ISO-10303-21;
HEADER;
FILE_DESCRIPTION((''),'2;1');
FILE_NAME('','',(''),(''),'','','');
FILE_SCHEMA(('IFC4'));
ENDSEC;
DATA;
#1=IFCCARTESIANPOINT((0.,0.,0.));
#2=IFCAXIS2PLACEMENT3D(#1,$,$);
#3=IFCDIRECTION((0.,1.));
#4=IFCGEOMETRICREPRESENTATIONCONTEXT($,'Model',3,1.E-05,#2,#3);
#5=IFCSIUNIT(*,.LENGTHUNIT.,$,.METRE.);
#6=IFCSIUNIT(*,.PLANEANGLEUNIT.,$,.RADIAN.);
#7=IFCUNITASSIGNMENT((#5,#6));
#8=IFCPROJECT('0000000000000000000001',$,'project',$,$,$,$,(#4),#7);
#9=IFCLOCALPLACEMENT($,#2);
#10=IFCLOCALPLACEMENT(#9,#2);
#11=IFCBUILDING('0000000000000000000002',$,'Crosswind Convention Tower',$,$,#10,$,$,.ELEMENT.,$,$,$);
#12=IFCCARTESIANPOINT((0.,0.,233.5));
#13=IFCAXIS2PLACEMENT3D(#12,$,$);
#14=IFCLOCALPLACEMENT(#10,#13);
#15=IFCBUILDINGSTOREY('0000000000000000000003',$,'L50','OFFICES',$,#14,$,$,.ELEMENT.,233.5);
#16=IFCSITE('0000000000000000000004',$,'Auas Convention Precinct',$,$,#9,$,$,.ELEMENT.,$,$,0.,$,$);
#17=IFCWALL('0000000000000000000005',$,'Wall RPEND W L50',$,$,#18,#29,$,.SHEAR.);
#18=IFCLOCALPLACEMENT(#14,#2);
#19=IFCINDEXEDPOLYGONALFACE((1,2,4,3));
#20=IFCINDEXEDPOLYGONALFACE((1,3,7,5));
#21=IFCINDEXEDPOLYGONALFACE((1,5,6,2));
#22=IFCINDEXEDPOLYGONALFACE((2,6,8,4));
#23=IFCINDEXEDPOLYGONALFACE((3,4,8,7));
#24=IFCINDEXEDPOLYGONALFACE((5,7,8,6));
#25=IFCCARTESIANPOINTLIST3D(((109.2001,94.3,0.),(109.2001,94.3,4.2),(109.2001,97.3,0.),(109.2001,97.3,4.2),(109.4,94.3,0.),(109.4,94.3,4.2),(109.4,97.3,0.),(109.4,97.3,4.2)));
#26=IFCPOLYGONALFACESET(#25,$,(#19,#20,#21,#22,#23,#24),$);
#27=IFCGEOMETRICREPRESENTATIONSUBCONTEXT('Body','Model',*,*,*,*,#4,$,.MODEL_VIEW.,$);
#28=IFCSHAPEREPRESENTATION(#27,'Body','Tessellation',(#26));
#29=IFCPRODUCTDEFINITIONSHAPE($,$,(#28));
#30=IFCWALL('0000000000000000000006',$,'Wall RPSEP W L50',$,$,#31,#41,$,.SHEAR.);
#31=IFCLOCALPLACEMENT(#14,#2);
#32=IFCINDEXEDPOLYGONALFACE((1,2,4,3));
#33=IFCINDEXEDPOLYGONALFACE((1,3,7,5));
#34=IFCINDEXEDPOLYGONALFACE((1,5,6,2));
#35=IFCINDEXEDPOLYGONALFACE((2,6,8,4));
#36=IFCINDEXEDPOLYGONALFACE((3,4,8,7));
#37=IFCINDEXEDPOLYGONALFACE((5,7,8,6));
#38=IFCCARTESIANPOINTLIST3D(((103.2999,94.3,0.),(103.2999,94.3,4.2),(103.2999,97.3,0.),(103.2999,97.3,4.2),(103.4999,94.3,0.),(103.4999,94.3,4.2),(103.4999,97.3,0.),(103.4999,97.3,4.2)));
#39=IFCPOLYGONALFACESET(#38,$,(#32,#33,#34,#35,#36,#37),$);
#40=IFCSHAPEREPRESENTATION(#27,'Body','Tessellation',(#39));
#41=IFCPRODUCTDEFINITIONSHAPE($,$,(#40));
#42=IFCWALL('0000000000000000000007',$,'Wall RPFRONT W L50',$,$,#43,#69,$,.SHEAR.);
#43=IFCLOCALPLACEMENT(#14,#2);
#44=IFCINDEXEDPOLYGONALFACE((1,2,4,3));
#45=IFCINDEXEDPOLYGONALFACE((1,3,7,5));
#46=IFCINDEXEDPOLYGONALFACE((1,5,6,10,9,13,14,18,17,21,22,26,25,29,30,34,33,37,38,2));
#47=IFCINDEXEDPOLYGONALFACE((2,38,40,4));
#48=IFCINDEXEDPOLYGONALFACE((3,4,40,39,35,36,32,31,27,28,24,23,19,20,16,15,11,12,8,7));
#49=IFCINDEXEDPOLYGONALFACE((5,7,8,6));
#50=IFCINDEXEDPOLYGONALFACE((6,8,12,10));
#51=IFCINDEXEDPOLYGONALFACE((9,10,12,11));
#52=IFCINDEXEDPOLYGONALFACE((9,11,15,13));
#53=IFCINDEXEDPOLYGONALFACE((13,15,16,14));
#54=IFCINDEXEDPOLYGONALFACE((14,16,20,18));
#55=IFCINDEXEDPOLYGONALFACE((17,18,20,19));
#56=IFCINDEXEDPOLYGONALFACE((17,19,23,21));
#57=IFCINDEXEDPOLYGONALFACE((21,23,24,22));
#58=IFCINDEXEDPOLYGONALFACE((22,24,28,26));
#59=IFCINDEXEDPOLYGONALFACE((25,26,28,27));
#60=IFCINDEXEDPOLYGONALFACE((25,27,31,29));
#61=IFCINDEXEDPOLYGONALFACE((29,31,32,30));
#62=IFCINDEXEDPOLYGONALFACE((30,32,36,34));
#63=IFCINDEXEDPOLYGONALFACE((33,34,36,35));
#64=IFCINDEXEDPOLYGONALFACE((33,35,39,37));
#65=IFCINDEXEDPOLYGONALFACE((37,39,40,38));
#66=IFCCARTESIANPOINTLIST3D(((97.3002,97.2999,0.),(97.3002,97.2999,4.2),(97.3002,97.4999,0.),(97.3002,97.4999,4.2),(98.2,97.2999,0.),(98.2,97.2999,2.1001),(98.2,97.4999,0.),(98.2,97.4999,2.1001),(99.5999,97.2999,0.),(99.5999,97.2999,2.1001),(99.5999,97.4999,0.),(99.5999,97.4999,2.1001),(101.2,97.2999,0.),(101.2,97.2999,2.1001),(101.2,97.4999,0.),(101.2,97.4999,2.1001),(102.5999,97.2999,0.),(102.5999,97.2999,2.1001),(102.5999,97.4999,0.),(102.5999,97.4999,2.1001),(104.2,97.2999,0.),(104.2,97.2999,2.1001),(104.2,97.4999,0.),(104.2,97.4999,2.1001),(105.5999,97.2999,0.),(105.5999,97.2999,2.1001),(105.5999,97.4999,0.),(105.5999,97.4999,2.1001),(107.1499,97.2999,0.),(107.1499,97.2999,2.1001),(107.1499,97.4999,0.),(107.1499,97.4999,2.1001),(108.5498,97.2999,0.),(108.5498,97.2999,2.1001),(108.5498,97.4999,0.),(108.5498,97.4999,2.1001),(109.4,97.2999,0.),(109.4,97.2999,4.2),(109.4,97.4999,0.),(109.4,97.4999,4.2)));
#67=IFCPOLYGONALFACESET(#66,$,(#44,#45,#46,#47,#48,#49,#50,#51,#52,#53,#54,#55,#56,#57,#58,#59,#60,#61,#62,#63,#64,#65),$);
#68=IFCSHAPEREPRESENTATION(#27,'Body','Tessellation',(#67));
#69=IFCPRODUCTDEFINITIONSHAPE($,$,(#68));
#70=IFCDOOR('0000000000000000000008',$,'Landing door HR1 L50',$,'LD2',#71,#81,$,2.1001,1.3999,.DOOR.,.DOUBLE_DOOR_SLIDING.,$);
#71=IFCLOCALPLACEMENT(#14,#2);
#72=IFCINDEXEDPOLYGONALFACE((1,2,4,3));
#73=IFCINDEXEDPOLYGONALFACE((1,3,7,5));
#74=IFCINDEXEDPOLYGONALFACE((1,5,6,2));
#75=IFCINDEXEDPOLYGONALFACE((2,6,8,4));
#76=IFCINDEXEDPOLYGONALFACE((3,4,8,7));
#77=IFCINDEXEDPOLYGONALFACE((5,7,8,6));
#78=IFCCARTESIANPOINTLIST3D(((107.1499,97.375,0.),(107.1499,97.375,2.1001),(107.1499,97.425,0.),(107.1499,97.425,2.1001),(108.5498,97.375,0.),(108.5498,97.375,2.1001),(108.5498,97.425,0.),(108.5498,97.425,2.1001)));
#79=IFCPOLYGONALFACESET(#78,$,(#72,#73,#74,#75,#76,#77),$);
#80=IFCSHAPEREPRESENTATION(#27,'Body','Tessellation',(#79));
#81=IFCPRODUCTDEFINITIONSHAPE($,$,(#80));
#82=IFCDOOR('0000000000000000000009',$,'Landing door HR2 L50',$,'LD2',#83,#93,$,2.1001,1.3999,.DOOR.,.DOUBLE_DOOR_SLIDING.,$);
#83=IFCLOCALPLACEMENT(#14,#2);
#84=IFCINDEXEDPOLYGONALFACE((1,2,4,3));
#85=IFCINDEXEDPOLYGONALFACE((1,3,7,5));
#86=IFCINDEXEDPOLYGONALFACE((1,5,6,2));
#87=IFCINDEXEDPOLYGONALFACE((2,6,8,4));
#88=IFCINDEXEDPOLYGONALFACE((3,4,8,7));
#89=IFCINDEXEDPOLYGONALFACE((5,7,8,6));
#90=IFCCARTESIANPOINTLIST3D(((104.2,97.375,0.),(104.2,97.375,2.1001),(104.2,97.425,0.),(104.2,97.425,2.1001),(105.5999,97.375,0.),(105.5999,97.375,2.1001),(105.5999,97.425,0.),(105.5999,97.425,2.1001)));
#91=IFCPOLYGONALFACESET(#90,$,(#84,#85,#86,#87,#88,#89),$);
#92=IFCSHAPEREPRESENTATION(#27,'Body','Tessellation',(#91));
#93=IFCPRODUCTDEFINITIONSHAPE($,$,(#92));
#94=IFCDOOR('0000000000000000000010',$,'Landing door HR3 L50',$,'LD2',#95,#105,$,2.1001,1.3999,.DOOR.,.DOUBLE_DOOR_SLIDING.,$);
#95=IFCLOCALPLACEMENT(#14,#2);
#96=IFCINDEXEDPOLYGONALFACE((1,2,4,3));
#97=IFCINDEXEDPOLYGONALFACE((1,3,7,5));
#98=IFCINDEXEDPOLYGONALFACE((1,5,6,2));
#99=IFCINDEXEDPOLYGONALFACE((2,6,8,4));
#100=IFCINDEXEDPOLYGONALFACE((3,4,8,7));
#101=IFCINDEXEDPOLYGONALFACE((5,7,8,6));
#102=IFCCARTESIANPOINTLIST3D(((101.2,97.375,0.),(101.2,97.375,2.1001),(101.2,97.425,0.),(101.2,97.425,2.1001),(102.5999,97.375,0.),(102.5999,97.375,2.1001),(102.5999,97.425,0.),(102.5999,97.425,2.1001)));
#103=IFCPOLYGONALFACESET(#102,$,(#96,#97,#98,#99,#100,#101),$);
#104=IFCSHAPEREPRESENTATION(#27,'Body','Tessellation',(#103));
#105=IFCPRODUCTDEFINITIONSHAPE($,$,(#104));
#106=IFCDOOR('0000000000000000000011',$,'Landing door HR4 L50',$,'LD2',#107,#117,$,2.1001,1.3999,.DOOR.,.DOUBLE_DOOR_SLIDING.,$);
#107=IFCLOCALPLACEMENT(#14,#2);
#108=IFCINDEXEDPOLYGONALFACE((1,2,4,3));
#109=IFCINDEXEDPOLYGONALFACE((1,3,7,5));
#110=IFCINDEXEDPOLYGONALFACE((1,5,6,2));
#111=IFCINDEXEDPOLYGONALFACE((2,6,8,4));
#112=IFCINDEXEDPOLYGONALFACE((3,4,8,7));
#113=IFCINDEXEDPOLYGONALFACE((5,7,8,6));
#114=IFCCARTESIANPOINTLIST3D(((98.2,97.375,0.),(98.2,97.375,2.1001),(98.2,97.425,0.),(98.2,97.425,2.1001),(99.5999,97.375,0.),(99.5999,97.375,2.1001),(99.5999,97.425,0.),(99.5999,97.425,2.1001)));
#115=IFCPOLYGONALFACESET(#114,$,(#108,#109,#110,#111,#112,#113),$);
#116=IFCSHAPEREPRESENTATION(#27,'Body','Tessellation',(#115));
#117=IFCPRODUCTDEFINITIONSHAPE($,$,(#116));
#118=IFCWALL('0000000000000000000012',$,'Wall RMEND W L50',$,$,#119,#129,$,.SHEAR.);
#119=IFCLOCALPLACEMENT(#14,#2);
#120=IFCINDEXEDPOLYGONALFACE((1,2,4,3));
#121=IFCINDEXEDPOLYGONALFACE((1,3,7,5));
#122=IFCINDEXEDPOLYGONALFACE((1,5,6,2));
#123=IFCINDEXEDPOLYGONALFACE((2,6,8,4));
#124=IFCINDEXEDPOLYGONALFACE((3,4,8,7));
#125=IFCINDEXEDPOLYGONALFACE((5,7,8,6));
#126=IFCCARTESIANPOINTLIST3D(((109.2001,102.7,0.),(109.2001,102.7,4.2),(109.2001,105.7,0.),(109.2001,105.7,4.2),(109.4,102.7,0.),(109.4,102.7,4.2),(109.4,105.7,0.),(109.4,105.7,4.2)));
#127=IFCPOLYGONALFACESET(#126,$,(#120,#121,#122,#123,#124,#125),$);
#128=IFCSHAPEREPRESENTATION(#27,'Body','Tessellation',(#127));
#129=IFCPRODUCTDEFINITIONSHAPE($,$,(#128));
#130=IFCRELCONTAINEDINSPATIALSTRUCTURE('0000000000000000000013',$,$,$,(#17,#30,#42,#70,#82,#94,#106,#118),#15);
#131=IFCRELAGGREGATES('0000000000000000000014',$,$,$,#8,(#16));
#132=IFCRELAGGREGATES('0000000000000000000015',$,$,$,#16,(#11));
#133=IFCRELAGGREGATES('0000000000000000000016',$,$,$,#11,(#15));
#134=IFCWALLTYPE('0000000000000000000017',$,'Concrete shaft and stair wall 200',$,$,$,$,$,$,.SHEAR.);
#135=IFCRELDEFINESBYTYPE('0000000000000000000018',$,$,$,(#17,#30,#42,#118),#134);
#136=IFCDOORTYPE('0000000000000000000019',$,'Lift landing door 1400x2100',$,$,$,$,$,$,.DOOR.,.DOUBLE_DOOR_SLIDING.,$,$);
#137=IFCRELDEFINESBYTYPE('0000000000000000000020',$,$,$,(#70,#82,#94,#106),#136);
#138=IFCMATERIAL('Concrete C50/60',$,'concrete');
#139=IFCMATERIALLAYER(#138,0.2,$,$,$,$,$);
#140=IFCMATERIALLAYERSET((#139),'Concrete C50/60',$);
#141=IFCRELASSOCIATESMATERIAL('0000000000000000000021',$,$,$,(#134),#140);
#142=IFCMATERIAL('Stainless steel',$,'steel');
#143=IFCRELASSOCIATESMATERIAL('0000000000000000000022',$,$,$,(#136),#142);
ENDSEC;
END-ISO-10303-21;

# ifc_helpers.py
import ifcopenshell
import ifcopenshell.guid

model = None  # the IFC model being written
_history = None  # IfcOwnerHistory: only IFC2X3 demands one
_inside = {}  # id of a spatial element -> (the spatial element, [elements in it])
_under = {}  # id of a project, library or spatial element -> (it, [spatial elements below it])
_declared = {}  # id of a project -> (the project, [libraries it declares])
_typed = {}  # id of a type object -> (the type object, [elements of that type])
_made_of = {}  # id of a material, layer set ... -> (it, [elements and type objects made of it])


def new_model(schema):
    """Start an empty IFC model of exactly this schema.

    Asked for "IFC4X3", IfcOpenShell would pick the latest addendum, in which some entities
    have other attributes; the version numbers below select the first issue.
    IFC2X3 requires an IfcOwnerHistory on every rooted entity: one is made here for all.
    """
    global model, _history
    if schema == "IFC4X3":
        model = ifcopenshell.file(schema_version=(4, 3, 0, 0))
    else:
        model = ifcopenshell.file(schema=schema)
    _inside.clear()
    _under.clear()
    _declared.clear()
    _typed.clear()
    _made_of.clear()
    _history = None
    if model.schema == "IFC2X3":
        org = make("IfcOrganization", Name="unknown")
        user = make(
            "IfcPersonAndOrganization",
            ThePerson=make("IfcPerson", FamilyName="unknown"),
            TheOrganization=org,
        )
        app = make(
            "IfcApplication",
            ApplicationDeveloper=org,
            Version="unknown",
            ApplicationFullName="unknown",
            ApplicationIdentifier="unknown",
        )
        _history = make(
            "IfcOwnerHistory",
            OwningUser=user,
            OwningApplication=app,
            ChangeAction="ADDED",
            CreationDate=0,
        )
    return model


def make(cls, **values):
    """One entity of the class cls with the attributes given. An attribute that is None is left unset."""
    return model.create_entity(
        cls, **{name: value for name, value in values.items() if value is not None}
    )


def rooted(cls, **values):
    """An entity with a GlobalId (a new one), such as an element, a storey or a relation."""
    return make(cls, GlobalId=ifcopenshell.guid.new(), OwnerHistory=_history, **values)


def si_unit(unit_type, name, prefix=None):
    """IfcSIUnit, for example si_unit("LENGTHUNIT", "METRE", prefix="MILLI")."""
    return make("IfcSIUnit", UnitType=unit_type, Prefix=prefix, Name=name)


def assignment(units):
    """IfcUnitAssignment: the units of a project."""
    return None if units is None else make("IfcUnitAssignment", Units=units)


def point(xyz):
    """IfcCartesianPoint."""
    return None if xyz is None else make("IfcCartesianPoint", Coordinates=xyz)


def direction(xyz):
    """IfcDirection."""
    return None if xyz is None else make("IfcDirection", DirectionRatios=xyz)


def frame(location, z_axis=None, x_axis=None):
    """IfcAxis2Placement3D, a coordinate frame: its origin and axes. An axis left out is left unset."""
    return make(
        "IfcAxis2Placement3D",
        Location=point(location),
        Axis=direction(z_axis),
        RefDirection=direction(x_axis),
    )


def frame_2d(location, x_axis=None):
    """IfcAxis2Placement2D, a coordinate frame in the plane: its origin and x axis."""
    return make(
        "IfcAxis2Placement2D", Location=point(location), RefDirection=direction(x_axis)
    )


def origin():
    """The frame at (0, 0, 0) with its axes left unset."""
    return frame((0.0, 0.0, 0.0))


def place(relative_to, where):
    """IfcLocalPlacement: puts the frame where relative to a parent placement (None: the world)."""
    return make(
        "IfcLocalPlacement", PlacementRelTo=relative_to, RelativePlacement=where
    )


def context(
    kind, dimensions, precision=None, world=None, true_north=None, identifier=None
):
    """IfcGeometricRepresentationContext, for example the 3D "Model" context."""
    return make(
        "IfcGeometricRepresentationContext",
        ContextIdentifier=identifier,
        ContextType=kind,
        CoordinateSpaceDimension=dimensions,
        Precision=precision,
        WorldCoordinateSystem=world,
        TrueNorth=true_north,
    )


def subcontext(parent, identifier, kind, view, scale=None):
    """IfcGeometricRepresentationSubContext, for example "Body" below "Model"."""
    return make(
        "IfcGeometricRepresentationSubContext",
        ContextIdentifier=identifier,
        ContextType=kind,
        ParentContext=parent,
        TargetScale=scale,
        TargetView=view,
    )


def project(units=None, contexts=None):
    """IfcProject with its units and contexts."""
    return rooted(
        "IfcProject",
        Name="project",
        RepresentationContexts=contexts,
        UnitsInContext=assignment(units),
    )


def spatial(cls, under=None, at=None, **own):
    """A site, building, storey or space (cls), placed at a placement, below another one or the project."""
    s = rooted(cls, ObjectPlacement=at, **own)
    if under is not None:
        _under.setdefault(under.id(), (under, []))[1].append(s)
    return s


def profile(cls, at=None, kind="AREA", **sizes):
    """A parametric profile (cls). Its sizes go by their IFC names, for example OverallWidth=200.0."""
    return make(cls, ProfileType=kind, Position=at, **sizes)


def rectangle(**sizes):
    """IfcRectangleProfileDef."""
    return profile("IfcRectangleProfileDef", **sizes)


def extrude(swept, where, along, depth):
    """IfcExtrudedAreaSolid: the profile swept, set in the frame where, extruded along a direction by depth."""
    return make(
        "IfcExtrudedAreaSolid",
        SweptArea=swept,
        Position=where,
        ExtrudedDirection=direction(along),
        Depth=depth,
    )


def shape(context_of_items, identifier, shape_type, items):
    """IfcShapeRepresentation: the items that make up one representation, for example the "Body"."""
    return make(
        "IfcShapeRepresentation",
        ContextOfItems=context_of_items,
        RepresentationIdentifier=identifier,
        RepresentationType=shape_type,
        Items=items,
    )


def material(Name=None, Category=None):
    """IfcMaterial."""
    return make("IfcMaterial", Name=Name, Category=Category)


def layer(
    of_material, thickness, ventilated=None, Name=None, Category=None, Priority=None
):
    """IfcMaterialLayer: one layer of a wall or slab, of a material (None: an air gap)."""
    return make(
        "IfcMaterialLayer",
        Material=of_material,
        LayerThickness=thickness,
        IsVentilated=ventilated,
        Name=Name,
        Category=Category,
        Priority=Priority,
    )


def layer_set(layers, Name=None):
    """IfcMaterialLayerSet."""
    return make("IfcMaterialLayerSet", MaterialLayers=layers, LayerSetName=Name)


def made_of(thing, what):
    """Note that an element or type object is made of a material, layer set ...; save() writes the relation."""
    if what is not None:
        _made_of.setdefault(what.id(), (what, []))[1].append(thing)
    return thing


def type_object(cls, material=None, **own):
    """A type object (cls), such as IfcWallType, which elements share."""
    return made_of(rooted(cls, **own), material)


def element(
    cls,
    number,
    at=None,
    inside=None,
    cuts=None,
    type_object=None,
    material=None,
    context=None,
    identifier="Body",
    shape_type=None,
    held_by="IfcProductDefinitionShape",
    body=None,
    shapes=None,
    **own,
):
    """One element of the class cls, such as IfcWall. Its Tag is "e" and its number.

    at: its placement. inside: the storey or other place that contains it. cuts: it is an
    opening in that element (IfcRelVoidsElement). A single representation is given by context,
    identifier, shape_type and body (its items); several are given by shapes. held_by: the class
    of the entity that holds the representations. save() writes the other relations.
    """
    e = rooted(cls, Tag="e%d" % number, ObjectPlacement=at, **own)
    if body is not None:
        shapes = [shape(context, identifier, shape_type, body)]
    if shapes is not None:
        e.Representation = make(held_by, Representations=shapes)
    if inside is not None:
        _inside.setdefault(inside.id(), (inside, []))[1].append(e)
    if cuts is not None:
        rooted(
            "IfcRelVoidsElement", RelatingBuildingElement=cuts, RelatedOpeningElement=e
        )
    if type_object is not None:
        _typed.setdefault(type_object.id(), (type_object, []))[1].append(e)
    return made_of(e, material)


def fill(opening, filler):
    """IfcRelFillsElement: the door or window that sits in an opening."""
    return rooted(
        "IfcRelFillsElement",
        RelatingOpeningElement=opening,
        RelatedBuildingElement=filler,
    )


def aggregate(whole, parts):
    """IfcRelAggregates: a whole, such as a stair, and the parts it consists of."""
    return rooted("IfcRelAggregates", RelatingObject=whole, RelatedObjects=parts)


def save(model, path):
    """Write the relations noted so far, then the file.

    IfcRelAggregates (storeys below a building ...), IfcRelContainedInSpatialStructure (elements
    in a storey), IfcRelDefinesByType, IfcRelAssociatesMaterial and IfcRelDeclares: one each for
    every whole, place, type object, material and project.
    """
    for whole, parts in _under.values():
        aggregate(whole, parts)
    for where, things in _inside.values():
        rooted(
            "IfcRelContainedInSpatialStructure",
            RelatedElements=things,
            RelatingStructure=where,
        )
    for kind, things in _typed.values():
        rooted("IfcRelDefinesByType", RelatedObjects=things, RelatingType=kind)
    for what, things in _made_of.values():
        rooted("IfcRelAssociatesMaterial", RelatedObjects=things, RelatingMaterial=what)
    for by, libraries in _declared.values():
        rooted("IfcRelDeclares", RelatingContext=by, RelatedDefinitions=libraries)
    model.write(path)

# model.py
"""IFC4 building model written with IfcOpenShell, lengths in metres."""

from ifc_helpers import new_model, si_unit, direction, frame, frame_2d, origin, place, context, subcontext, project, spatial, rectangle, extrude, material, layer, layer_set, type_object, element, fill, save


model = new_model("IFC4")

# Units and contexts
model_context = context("Model", 3, precision=1e-05, world=origin(), true_north=direction((0.0, 1.0)))
body_context = subcontext(model_context, "Body", "Model", "MODEL_VIEW")
ifc_project = project(units=[si_unit("LENGTHUNIT", "METRE"), si_unit("PLANEANGLEUNIT", "RADIAN")], contexts=[model_context])

# Site, building, storey
site_placement = place(None, origin())
site = spatial("IfcSite", under=ifc_project, at=site_placement, Name="Auas Convention Precinct", CompositionType="ELEMENT", RefElevation=0.0)
building_placement = place(site_placement, origin())
building = spatial("IfcBuilding", under=site, at=building_placement, Name="Crosswind Convention Tower", CompositionType="ELEMENT")
storey_placement = place(building_placement, frame((0.0, 0.0, 233.5)))
storey = spatial("IfcBuildingStorey", under=building, at=storey_placement, Name="L50", Description="OFFICES", CompositionType="ELEMENT", Elevation=233.5)

# Walls
ifc_material_1 = material(Name="Concrete C50/60", Category="concrete")
ifc_layer_1 = layer(ifc_material_1, 0.2)
ifc_layer_set_1 = layer_set([ifc_layer_1], Name="Concrete C50/60")
wall_type_1 = type_object("IfcWallType", Name="Concrete shaft and stair wall 200", PredefinedType="SHEAR", material=ifc_layer_set_1)
for number, where, z_axis, x_axis, name in (
    (1, (109.3, 97.3, 0.0), (0.0, 0.0, 1.0), (0.0, -1.0, 0.0), "Wall RPEND W L50"),
    (2, (103.3999, 97.3, 0.0), (0.0, 0.0, 1.0), (0.0, -1.0, 0.0), "Wall RPSEP W L50"),
):
    element("IfcWall", number, at=place(storey_placement, frame(where, z_axis=z_axis, x_axis=x_axis)), inside=storey, type_object=wall_type_1, Name=name, PredefinedType="SHEAR", context=body_context, shape_type="SweptSolid", body=[
        extrude(rectangle(XDim=3.0, YDim=0.2, at=frame_2d((1.5, 0.0))), origin(), (0.0, 0.0, 1.0), 4.2),
    ])

# Wall, openings, doors
wall_1_placement = place(storey_placement, frame((109.3999, 97.3999, 0.0), z_axis=(0.0, 0.0, 1.0), x_axis=(-1.0, 0.0, 0.0)))
wall_1 = element("IfcWall", 3, at=wall_1_placement, inside=storey, type_object=wall_type_1, Name="Wall RPFRONT W L50", PredefinedType="SHEAR", context=body_context, shape_type="SweptSolid", body=[
    extrude(rectangle(XDim=12.0999, YDim=0.2, at=frame_2d((6.0498, 0.0))), origin(), (0.0, 0.0, 1.0), 4.2),
])
opening_1_placement = place(wall_1_placement, frame((0.8501, 0.0, 0.0)))
opening_1 = element("IfcOpeningElement", 4, at=opening_1_placement, cuts=wall_1, PredefinedType="OPENING", context=body_context, shape_type="SweptSolid", body=[
    extrude(rectangle(XDim=1.3999, YDim=2.1001, at=frame_2d((0.7, 1.05))), frame((0.0, 0.1099, 0.0), z_axis=(0.0, -1.0, 0.0), x_axis=(1.0, 0.0, 0.0)), (0.0, 0.0, 1.0), 0.22),
])
opening_2_placement = place(wall_1_placement, frame((3.8, 0.0, 0.0)))
opening_2 = element("IfcOpeningElement", 5, at=opening_2_placement, cuts=wall_1, PredefinedType="OPENING", context=body_context, shape_type="SweptSolid", body=[
    extrude(rectangle(XDim=1.3999, YDim=2.1001, at=frame_2d((0.7, 1.05))), frame((0.0, 0.1099, 0.0), z_axis=(0.0, -1.0, 0.0), x_axis=(1.0, 0.0, 0.0)), (0.0, 0.0, 1.0), 0.22),
])
opening_3_placement = place(wall_1_placement, frame((6.8, 0.0, 0.0)))
opening_3 = element("IfcOpeningElement", 6, at=opening_3_placement, cuts=wall_1, PredefinedType="OPENING", context=body_context, shape_type="SweptSolid", body=[
    extrude(rectangle(XDim=1.3999, YDim=2.1001, at=frame_2d((0.7, 1.05))), frame((0.0, 0.1099, 0.0), z_axis=(0.0, -1.0, 0.0), x_axis=(1.0, 0.0, 0.0)), (0.0, 0.0, 1.0), 0.22),
])
opening_4_placement = place(wall_1_placement, frame((9.8, 0.0, 0.0)))
opening_4 = element("IfcOpeningElement", 7, at=opening_4_placement, cuts=wall_1, PredefinedType="OPENING", context=body_context, shape_type="SweptSolid", body=[
    extrude(rectangle(XDim=1.3999, YDim=2.1001, at=frame_2d((0.7, 1.05))), frame((0.0, 0.1099, 0.0), z_axis=(0.0, -1.0, 0.0), x_axis=(1.0, 0.0, 0.0)), (0.0, 0.0, 1.0), 0.22),
])
ifc_material_2 = material(Name="Stainless steel", Category="steel")
door_type_1 = type_object("IfcDoorType", Name="Lift landing door 1400x2100", OperationType="DOUBLE_DOOR_SLIDING", PredefinedType="DOOR", material=ifc_material_2)
door_1_placement = place(opening_1_placement, origin())
door_1 = element("IfcDoor", 8, at=door_1_placement, inside=storey, type_object=door_type_1, Name="Landing door HR1 L50", ObjectType="LD2", OperationType="DOUBLE_DOOR_SLIDING", OverallHeight=2.1001, OverallWidth=1.3999, PredefinedType="DOOR", context=body_context, shape_type="SweptSolid", body=[
    extrude(rectangle(XDim=1.3999, YDim=2.1001, at=frame_2d((0.7, 1.05))), frame((0.0, 0.0249, 0.0), z_axis=(0.0, -1.0, 0.0), x_axis=(1.0, 0.0, 0.0)), (0.0, 0.0, 1.0), 0.05),
])
fill(opening_1, door_1)
door_2_placement = place(opening_2_placement, origin())
door_2 = element("IfcDoor", 9, at=door_2_placement, inside=storey, type_object=door_type_1, Name="Landing door HR2 L50", ObjectType="LD2", OperationType="DOUBLE_DOOR_SLIDING", OverallHeight=2.1001, OverallWidth=1.3999, PredefinedType="DOOR", context=body_context, shape_type="SweptSolid", body=[
    extrude(rectangle(XDim=1.3999, YDim=2.1001, at=frame_2d((0.7, 1.05))), frame((0.0, 0.0249, 0.0), z_axis=(0.0, -1.0, 0.0), x_axis=(1.0, 0.0, 0.0)), (0.0, 0.0, 1.0), 0.05),
])
fill(opening_2, door_2)
door_3_placement = place(opening_3_placement, origin())
door_3 = element("IfcDoor", 10, at=door_3_placement, inside=storey, type_object=door_type_1, Name="Landing door HR3 L50", ObjectType="LD2", OperationType="DOUBLE_DOOR_SLIDING", OverallHeight=2.1001, OverallWidth=1.3999, PredefinedType="DOOR", context=body_context, shape_type="SweptSolid", body=[
    extrude(rectangle(XDim=1.3999, YDim=2.1001, at=frame_2d((0.7, 1.05))), frame((0.0, 0.0249, 0.0), z_axis=(0.0, -1.0, 0.0), x_axis=(1.0, 0.0, 0.0)), (0.0, 0.0, 1.0), 0.05),
])
fill(opening_3, door_3)
door_4_placement = place(opening_4_placement, origin())
door_4 = element("IfcDoor", 11, at=door_4_placement, inside=storey, type_object=door_type_1, Name="Landing door HR4 L50", ObjectType="LD2", OperationType="DOUBLE_DOOR_SLIDING", OverallHeight=2.1001, OverallWidth=1.3999, PredefinedType="DOOR", context=body_context, shape_type="SweptSolid", body=[
    extrude(rectangle(XDim=1.3999, YDim=2.1001, at=frame_2d((0.7, 1.05))), frame((0.0, 0.0249, 0.0), z_axis=(0.0, -1.0, 0.0), x_axis=(1.0, 0.0, 0.0)), (0.0, 0.0, 1.0), 0.05),
])
fill(opening_4, door_4)

# Wall
wall_2_placement = place(storey_placement, frame((109.3, 105.7, 0.0), z_axis=(0.0, 0.0, 1.0), x_axis=(0.0, -1.0, 0.0)))
element("IfcWall", 12, at=wall_2_placement, inside=storey, type_object=wall_type_1, Name="Wall RMEND W L50", PredefinedType="SHEAR", context=body_context, shape_type="SweptSolid", body=[
    extrude(rectangle(XDim=3.0, YDim=0.2, at=frame_2d((1.5, 0.0))), origin(), (0.0, 0.0, 1.0), 4.2),
])

save(model, "model.ifc")
